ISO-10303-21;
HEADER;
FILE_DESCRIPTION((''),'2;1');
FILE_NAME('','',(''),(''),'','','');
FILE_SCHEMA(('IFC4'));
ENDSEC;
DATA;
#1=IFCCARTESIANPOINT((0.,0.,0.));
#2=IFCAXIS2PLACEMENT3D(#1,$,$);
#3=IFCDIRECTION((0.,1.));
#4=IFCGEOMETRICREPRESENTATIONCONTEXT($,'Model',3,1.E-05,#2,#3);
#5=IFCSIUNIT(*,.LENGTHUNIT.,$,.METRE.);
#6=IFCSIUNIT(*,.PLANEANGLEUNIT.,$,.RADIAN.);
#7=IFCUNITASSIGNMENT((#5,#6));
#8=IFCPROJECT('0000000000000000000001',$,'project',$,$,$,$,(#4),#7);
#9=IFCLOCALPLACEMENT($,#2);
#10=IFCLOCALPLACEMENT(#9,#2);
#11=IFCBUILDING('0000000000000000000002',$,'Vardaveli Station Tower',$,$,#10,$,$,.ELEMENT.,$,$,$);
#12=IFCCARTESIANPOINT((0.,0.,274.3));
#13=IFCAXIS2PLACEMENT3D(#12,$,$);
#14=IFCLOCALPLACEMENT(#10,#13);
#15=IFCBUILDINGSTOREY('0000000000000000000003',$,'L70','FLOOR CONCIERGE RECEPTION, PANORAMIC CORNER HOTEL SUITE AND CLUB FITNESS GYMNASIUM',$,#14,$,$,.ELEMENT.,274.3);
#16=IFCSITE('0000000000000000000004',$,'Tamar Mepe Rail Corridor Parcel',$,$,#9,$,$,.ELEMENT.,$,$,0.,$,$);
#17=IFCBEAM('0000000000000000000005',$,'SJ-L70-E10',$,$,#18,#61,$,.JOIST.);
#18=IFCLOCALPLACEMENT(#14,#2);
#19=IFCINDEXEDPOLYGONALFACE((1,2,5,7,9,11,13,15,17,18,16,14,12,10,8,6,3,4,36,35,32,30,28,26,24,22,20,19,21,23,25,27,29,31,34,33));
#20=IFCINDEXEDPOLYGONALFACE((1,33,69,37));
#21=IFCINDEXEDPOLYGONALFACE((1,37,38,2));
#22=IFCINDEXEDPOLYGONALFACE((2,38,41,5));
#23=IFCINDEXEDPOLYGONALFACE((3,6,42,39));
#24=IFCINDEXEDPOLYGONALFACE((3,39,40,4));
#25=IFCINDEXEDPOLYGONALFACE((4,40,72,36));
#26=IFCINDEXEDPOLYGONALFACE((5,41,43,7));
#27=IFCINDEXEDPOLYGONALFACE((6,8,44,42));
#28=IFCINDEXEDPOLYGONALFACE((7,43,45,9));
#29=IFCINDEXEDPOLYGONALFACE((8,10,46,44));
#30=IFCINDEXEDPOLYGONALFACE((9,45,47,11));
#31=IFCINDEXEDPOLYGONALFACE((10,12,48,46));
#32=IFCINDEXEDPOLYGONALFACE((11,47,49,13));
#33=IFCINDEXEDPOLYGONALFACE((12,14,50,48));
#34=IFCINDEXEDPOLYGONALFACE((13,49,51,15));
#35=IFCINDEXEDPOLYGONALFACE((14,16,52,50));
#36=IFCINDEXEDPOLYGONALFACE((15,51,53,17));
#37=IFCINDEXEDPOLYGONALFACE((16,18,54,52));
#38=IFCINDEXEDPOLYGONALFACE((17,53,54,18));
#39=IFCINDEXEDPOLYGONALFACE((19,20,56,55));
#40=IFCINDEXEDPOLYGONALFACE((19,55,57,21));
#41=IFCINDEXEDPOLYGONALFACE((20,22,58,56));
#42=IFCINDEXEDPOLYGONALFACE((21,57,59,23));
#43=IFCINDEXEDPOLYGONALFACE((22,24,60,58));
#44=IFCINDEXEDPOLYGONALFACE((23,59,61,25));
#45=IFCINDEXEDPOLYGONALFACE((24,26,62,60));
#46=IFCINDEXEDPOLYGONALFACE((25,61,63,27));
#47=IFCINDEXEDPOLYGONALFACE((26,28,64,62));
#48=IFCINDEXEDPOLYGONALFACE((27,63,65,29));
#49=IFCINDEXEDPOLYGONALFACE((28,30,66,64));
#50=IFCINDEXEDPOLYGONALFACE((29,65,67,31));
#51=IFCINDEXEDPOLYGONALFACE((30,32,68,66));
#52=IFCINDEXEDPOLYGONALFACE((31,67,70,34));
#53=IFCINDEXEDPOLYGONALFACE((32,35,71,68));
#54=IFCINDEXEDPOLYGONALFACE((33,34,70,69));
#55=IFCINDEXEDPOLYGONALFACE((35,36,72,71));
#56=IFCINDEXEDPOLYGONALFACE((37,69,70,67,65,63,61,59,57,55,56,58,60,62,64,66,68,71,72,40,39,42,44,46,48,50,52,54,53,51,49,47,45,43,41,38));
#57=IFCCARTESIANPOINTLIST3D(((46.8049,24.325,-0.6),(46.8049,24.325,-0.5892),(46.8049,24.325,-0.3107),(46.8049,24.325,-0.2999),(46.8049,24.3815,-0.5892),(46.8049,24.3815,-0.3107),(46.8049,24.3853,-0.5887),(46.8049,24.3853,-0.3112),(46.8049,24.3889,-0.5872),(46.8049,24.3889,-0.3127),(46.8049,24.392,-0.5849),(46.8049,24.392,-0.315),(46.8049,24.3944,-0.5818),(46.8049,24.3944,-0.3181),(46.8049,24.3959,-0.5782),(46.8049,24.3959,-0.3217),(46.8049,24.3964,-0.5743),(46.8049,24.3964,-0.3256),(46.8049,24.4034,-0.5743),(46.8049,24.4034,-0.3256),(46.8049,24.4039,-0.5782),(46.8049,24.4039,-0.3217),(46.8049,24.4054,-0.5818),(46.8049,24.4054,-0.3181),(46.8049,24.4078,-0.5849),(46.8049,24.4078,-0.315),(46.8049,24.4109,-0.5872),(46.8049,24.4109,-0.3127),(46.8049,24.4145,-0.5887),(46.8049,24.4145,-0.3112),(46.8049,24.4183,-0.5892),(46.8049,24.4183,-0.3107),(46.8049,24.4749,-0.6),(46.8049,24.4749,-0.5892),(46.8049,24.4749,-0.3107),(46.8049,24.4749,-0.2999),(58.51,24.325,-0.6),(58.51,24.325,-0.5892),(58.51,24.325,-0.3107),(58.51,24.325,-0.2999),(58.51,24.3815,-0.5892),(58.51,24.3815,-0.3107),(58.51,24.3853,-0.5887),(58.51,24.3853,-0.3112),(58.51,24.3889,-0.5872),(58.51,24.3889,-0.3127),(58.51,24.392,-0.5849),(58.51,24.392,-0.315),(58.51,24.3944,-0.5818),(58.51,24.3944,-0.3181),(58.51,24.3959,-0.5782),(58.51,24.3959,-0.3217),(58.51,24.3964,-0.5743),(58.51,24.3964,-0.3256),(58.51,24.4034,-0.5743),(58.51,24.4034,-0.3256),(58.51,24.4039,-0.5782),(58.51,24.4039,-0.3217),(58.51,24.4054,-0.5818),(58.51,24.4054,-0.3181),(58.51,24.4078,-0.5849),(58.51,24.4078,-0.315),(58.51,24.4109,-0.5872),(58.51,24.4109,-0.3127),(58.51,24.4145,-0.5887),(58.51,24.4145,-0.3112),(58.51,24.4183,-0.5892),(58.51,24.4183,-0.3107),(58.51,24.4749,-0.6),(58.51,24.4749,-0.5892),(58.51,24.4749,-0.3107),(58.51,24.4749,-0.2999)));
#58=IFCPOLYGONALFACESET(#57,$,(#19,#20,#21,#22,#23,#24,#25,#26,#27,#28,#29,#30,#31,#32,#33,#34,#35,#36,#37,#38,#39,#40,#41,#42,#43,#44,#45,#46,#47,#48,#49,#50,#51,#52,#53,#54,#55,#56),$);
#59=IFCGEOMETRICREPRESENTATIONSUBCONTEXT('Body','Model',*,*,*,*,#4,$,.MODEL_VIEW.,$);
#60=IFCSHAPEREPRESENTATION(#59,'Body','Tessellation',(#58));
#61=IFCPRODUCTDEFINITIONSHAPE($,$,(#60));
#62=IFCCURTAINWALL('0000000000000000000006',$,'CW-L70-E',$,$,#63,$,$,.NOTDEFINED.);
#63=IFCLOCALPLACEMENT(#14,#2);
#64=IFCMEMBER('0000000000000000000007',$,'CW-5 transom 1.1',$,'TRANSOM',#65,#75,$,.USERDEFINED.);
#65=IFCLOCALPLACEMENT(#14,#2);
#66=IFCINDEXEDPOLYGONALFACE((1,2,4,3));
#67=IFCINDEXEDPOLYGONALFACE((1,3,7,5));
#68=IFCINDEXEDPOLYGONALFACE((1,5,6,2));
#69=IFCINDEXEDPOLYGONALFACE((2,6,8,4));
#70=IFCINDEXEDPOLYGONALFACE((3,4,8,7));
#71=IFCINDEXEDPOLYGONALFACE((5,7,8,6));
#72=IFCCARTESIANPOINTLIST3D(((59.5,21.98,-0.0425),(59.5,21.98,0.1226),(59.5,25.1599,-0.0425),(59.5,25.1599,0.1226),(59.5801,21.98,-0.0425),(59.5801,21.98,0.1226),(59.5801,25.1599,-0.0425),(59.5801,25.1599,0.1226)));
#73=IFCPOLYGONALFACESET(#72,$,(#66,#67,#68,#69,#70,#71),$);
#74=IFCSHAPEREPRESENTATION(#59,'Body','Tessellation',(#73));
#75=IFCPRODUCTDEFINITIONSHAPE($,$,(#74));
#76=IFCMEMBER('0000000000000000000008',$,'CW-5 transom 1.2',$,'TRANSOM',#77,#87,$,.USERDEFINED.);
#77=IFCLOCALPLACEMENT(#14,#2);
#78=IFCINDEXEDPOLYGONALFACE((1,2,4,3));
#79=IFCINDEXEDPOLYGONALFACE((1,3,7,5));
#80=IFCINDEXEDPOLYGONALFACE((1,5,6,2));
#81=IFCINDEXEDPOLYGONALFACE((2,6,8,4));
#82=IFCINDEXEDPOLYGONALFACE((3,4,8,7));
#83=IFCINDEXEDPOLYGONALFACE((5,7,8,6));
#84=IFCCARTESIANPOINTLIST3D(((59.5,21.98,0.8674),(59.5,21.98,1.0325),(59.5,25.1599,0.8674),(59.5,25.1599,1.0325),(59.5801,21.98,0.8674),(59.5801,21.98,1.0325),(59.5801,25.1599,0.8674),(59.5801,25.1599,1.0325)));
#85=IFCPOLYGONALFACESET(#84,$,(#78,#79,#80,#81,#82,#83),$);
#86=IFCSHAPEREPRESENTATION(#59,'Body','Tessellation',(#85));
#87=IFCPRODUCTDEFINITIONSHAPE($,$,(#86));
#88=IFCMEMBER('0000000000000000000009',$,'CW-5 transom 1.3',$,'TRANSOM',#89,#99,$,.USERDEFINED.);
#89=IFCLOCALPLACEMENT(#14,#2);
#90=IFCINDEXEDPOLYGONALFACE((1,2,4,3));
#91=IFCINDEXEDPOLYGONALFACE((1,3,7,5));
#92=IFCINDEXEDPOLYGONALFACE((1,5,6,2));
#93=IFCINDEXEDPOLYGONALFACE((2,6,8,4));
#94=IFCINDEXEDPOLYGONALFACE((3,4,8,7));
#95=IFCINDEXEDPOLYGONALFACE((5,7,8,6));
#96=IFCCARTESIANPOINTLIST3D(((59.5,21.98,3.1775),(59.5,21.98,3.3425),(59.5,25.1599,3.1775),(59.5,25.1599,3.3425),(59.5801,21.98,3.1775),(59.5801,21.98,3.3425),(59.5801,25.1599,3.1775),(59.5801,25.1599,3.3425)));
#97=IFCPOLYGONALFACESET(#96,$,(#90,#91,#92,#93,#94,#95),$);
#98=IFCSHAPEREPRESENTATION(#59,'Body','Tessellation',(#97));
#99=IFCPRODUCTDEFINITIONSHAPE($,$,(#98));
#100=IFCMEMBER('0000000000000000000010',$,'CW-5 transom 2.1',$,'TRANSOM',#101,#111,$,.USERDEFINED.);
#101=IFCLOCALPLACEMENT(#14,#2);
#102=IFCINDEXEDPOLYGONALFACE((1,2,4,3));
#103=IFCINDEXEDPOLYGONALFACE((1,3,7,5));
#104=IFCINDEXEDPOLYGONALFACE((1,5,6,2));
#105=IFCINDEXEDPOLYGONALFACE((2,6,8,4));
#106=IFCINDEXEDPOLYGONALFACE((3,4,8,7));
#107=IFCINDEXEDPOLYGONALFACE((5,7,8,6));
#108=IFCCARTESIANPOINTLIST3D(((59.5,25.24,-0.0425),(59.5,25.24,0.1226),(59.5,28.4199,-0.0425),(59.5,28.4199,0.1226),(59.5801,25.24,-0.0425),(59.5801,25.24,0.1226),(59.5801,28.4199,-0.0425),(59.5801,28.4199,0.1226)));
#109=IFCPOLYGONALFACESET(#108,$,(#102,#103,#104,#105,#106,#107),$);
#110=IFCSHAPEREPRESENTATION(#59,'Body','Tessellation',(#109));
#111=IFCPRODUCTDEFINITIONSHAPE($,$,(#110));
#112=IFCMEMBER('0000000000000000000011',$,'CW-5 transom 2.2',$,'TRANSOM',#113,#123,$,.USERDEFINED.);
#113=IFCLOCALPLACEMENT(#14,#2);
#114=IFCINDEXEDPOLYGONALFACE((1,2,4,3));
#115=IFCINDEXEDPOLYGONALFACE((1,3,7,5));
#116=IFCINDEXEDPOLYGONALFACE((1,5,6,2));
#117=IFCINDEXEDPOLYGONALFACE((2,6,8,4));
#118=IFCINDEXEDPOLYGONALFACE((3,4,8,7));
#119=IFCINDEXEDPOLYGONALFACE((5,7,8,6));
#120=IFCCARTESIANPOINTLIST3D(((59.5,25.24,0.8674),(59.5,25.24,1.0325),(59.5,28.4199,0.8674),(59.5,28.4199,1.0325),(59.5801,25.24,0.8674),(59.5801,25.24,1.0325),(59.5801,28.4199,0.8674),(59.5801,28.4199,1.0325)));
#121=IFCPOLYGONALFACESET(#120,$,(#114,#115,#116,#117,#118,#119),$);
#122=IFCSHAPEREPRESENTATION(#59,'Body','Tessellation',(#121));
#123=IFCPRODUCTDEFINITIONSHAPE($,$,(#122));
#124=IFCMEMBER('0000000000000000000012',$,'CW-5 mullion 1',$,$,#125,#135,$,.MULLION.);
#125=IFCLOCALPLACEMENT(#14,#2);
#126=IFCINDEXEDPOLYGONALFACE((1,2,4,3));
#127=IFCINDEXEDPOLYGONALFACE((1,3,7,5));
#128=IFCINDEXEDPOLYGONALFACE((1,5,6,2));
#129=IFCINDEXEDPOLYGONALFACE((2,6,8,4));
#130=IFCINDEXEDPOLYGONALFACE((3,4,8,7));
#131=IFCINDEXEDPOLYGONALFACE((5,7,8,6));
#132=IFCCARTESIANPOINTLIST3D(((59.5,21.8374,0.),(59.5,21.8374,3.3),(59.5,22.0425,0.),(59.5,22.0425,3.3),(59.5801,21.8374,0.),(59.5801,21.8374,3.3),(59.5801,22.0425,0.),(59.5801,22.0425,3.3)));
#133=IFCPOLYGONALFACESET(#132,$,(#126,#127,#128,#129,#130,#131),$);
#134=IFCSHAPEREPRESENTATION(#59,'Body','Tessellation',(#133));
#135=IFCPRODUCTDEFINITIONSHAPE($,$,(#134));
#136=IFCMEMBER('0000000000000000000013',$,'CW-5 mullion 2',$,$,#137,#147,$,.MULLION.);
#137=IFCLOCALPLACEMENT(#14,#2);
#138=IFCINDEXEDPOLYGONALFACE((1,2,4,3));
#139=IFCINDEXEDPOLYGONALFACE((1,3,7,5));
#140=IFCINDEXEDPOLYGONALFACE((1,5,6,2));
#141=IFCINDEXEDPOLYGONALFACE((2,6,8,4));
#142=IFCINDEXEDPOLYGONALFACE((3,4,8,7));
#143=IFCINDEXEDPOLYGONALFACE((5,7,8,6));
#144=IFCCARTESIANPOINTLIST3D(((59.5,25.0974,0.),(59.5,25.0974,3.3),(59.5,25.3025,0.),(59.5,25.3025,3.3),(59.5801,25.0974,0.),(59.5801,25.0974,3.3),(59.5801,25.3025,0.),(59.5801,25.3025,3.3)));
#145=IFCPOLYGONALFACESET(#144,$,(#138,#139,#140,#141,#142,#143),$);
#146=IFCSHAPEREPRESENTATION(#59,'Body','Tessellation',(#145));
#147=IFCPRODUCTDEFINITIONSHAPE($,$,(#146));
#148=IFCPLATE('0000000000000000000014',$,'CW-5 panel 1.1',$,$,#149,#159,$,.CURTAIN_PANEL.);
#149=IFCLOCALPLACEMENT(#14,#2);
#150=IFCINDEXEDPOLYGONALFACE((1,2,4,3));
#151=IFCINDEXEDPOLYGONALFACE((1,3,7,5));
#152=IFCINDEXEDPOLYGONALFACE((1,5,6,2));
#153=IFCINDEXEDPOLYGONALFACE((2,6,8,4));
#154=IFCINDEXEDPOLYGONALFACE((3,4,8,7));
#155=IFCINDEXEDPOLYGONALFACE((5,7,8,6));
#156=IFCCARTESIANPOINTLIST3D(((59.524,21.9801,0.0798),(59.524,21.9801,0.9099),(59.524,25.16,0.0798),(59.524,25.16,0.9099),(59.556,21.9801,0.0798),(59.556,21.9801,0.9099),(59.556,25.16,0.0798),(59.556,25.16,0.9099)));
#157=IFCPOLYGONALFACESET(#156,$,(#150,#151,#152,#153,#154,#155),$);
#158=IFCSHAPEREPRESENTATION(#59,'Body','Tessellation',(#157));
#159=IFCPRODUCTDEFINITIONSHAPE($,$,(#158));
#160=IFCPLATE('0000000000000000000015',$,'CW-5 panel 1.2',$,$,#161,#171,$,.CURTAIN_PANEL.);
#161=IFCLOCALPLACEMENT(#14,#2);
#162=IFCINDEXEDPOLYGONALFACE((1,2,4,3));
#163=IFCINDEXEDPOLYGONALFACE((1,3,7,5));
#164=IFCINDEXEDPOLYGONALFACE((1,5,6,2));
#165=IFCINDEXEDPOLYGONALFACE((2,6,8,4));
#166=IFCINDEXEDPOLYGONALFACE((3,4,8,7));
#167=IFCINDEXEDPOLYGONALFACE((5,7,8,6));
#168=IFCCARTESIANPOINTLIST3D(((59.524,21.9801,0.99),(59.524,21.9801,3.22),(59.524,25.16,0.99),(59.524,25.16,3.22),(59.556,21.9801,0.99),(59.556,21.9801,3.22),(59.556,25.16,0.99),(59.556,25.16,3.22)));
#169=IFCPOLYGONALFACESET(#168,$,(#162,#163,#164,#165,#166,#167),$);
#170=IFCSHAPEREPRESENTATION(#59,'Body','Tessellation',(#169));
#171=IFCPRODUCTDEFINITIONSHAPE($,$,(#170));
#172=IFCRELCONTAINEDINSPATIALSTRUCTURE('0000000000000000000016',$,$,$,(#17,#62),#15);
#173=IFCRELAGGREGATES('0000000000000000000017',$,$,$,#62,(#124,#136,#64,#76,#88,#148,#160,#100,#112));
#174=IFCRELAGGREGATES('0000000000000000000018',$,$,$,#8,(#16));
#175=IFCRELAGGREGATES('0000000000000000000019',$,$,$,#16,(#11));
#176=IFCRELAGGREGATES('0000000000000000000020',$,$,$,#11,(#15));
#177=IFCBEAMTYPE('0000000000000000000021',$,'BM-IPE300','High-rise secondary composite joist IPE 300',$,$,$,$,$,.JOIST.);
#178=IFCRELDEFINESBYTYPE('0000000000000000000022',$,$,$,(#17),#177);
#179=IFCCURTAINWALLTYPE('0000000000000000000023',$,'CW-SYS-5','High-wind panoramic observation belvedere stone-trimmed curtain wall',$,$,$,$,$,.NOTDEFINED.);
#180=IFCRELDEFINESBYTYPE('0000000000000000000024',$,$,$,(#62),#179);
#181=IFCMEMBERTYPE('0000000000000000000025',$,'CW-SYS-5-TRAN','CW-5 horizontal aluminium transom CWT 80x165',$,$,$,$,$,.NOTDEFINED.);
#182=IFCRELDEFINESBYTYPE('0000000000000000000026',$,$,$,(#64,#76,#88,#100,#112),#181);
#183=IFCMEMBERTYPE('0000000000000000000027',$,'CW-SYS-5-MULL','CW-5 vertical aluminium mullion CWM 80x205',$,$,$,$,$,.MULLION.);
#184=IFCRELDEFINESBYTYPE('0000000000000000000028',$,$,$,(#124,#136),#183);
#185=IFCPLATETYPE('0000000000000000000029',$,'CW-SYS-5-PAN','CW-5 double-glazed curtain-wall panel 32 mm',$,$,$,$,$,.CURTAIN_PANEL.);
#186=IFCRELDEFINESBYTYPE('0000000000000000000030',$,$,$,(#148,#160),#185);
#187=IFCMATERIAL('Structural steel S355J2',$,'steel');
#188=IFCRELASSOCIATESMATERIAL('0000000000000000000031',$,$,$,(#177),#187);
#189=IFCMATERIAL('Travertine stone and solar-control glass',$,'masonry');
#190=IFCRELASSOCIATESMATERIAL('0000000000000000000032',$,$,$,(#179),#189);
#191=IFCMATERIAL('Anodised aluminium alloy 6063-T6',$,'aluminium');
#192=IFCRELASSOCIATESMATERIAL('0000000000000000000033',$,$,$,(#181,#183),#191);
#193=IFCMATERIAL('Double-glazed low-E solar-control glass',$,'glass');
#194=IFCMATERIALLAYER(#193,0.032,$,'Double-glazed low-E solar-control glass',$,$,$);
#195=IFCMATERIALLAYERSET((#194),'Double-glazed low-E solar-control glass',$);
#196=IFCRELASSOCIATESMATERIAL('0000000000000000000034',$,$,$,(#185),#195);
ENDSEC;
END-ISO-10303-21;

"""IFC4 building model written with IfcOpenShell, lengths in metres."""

from ifc_helpers import new_model, si_unit, direction, frame, origin, origin_2d, place, context, subcontext, project, spatial, rectangle, i_section, extrude, source, transform, mapped, material, layer, layer_set, material_profile, profile_set, type_object, element, aggregate, save


model = new_model("IFC4")

# Units and contexts
model_context = context("Model", 3, precision=1e-05, world=origin(), true_north=direction((0.0, 1.0)))
body_context = subcontext(model_context, "Body", "Model", "MODEL_VIEW")
ifc_project = project(units=[si_unit("LENGTHUNIT", "METRE"), si_unit("PLANEANGLEUNIT", "RADIAN")], contexts=[model_context])

# Site, building, storey
site_placement = place(None, origin())
site = spatial("IfcSite", under=ifc_project, at=site_placement, Name="Tamar Mepe Rail Corridor Parcel", CompositionType="ELEMENT", RefElevation=0.0)
building_placement = place(site_placement, origin())
building = spatial("IfcBuilding", under=site, at=building_placement, Name="Vardaveli Station Tower", CompositionType="ELEMENT")
storey_placement = place(building_placement, frame((0.0, 0.0, 274.3)))
storey = spatial("IfcBuildingStorey", under=building, at=storey_placement, Name="L70", Description="FLOOR CONCIERGE RECEPTION, PANORAMIC CORNER HOTEL SUITE AND CLUB FITNESS GYMNASIUM", CompositionType="ELEMENT", Elevation=274.3)

# Beam
ifc_material_1 = material(Name="Structural steel S355J2", Category="steel")
ifc_material_profile_1 = material_profile(ifc_material_1, i_section(OverallWidth=0.1499, OverallDepth=0.3, WebThickness=0.0071, FlangeThickness=0.0107, FilletRadius=0.0149, at=origin_2d()), Name="IPE 300")
ifc_profile_set_1 = profile_set([ifc_material_profile_1], Name="Structural steel S355J2")
beam_type_1 = type_object("IfcBeamType", Name="BM-IPE300", Description="High-rise secondary composite joist IPE 300", PredefinedType="JOIST", material=ifc_profile_set_1)
shared_shape_1 = source(origin(), body_context, "Body", "SweptSolid", [
    extrude(i_section(OverallWidth=0.1499, OverallDepth=0.3, WebThickness=0.0071, FlangeThickness=0.0107, FilletRadius=0.0149, at=origin_2d()), origin(), (0.0, 0.0, 1.0), 11.7051),
])
for number, where, z_axis, x_axis, name in (
    (1, (46.8049, 24.3999, -0.45), (1.0, 0.0, 0.0), (0.0, 1.0, 0.0), "SJ-L70-E10"),
):
    element("IfcBeam", number, at=place(storey_placement, frame(where, z_axis=z_axis, x_axis=x_axis)), inside=storey, type_object=beam_type_1, Name=name, PredefinedType="JOIST", context=body_context, shape_type="MappedRepresentation", body=[
        mapped(shared_shape_1, transform((0.0, 0.0, 0.0), scale=1.0)),
    ])

# Curtain wall, members, plates
ifc_material_2 = material(Name="Travertine stone and solar-control glass", Category="masonry")
curtain_wall_type = type_object("IfcCurtainWallType", Name="CW-SYS-5", Description="High-wind panoramic observation belvedere stone-trimmed curtain wall", PredefinedType="NOTDEFINED", material=ifc_material_2)
curtain_wall_placement = place(storey_placement, origin())
curtain_wall = element("IfcCurtainWall", 2, at=curtain_wall_placement, inside=storey, type_object=curtain_wall_type, Name="CW-L70-E", PredefinedType="NOTDEFINED")
ifc_material_3 = material(Name="Anodised aluminium alloy 6063-T6", Category="aluminium")
ifc_material_profile_2 = material_profile(ifc_material_3, rectangle(XDim=0.0801, YDim=0.165, at=origin_2d()), Name="CWT 80x165")
ifc_profile_set_2 = profile_set([ifc_material_profile_2], Name="Anodised aluminium alloy 6063-T6")
member_type_1 = type_object("IfcMemberType", Name="CW-SYS-5-TRAN", Description="CW-5 horizontal aluminium transom CWT 80x165", PredefinedType="NOTDEFINED", material=ifc_profile_set_2)
shared_shape_2 = source(origin(), body_context, "Body", "SweptSolid", [
    extrude(rectangle(XDim=0.0801, YDim=0.165, at=origin_2d()), origin(), (0.0, 0.0, 1.0), 3.1799),
])
member_1_placement = place(storey_placement, frame((59.54, 21.98, 0.04), z_axis=(0.0, 1.0, 0.0), x_axis=(-1.0, 0.0, 0.0)))
member_1 = element("IfcMember", 3, at=member_1_placement, type_object=member_type_1, Name="CW-5 transom 1.1", ObjectType="TRANSOM", PredefinedType="USERDEFINED", context=body_context, shape_type="MappedRepresentation", body=[
    mapped(shared_shape_2, transform((0.0, 0.0, 0.0), scale=1.0)),
])
member_2_placement = place(storey_placement, frame((59.54, 21.98, 0.95), z_axis=(0.0, 1.0, 0.0), x_axis=(-1.0, 0.0, 0.0)))
member_2 = element("IfcMember", 4, at=member_2_placement, type_object=member_type_1, Name="CW-5 transom 1.2", ObjectType="TRANSOM", PredefinedType="USERDEFINED", context=body_context, shape_type="MappedRepresentation", body=[
    mapped(shared_shape_2, transform((0.0, 0.0, 0.0), scale=1.0)),
])
member_3_placement = place(storey_placement, frame((59.54, 21.98, 3.26), z_axis=(0.0, 1.0, 0.0), x_axis=(-1.0, 0.0, 0.0)))
member_3 = element("IfcMember", 5, at=member_3_placement, type_object=member_type_1, Name="CW-5 transom 1.3", ObjectType="TRANSOM", PredefinedType="USERDEFINED", context=body_context, shape_type="MappedRepresentation", body=[
    mapped(shared_shape_2, transform((0.0, 0.0, 0.0), scale=1.0)),
])
member_4_placement = place(storey_placement, frame((59.54, 25.24, 0.04), z_axis=(0.0, 1.0, 0.0), x_axis=(-1.0, 0.0, 0.0)))
member_4 = element("IfcMember", 6, at=member_4_placement, type_object=member_type_1, Name="CW-5 transom 2.1", ObjectType="TRANSOM", PredefinedType="USERDEFINED", context=body_context, shape_type="MappedRepresentation", body=[
    mapped(shared_shape_2, transform((0.0, 0.0, 0.0), scale=1.0)),
])
member_5_placement = place(storey_placement, frame((59.54, 25.24, 0.95), z_axis=(0.0, 1.0, 0.0), x_axis=(-1.0, 0.0, 0.0)))
member_5 = element("IfcMember", 7, at=member_5_placement, type_object=member_type_1, Name="CW-5 transom 2.2", ObjectType="TRANSOM", PredefinedType="USERDEFINED", context=body_context, shape_type="MappedRepresentation", body=[
    mapped(shared_shape_2, transform((0.0, 0.0, 0.0), scale=1.0)),
])
ifc_material_profile_3 = material_profile(ifc_material_3, rectangle(XDim=0.0801, YDim=0.2051, at=origin_2d()), Name="CWM 80x205")
ifc_profile_set_3 = profile_set([ifc_material_profile_3], Name="Anodised aluminium alloy 6063-T6")
member_type_2 = type_object("IfcMemberType", Name="CW-SYS-5-MULL", Description="CW-5 vertical aluminium mullion CWM 80x205", PredefinedType="MULLION", material=ifc_profile_set_3)
shared_shape_3 = source(origin(), body_context, "Body", "SweptSolid", [
    extrude(rectangle(XDim=0.0801, YDim=0.2051, at=origin_2d()), origin(), (0.0, 0.0, 1.0), 3.3),
])
member_6_placement = place(storey_placement, frame((59.54, 21.9399, 0.0), z_axis=(0.0, 0.0, 1.0), x_axis=(-1.0, 0.0, 0.0)))
member_6 = element("IfcMember", 8, at=member_6_placement, type_object=member_type_2, Name="CW-5 mullion 1", PredefinedType="MULLION", context=body_context, shape_type="MappedRepresentation", body=[
    mapped(shared_shape_3, transform((0.0, 0.0, 0.0), scale=1.0)),
])
member_7_placement = place(storey_placement, frame((59.54, 25.2, 0.0), z_axis=(0.0, 0.0, 1.0), x_axis=(-1.0, 0.0, 0.0)))
member_7 = element("IfcMember", 9, at=member_7_placement, type_object=member_type_2, Name="CW-5 mullion 2", PredefinedType="MULLION", context=body_context, shape_type="MappedRepresentation", body=[
    mapped(shared_shape_3, transform((0.0, 0.0, 0.0), scale=1.0)),
])
ifc_material_4 = material(Name="Double-glazed low-E solar-control glass", Category="glass")
ifc_layer_1 = layer(ifc_material_4, 0.032, Name="Double-glazed low-E solar-control glass")
ifc_layer_set_1 = layer_set([ifc_layer_1], Name="Double-glazed low-E solar-control glass")
plate_type = type_object("IfcPlateType", Name="CW-SYS-5-PAN", Description="CW-5 double-glazed curtain-wall panel 32 mm", PredefinedType="CURTAIN_PANEL", material=ifc_layer_set_1)
shared_shape_4 = source(origin(), body_context, "Body", "SweptSolid", [
    extrude(rectangle(XDim=3.1799, YDim=0.032, at=origin_2d()), origin(), (0.0, 0.0, 1.0), 0.8301),
])
plate_1_placement = place(storey_placement, frame((59.54, 23.5701, 0.0798), z_axis=(0.0, 0.0, 1.0), x_axis=(0.0, 1.0, 0.0)))
plate_1 = element("IfcPlate", 10, at=plate_1_placement, type_object=plate_type, Name="CW-5 panel 1.1", PredefinedType="CURTAIN_PANEL", context=body_context, shape_type="MappedRepresentation", body=[
    mapped(shared_shape_4, transform((0.0, 0.0, 0.0), scale=1.0)),
])
shared_shape_5 = source(origin(), body_context, "Body", "SweptSolid", [
    extrude(rectangle(XDim=3.1799, YDim=0.032, at=origin_2d()), origin(), (0.0, 0.0, 1.0), 2.23),
])
plate_2_placement = place(storey_placement, frame((59.54, 23.5701, 0.99), z_axis=(0.0, 0.0, 1.0), x_axis=(0.0, 1.0, 0.0)))
plate_2 = element("IfcPlate", 11, at=plate_2_placement, type_object=plate_type, Name="CW-5 panel 1.2", PredefinedType="CURTAIN_PANEL", context=body_context, shape_type="MappedRepresentation", body=[
    mapped(shared_shape_5, transform((0.0, 0.0, 0.0), scale=1.0)),
])
aggregate(curtain_wall, [member_6, member_7, member_1, member_2, member_3, plate_1, plate_2, member_4, member_5])

save(model, "model.ifc")
